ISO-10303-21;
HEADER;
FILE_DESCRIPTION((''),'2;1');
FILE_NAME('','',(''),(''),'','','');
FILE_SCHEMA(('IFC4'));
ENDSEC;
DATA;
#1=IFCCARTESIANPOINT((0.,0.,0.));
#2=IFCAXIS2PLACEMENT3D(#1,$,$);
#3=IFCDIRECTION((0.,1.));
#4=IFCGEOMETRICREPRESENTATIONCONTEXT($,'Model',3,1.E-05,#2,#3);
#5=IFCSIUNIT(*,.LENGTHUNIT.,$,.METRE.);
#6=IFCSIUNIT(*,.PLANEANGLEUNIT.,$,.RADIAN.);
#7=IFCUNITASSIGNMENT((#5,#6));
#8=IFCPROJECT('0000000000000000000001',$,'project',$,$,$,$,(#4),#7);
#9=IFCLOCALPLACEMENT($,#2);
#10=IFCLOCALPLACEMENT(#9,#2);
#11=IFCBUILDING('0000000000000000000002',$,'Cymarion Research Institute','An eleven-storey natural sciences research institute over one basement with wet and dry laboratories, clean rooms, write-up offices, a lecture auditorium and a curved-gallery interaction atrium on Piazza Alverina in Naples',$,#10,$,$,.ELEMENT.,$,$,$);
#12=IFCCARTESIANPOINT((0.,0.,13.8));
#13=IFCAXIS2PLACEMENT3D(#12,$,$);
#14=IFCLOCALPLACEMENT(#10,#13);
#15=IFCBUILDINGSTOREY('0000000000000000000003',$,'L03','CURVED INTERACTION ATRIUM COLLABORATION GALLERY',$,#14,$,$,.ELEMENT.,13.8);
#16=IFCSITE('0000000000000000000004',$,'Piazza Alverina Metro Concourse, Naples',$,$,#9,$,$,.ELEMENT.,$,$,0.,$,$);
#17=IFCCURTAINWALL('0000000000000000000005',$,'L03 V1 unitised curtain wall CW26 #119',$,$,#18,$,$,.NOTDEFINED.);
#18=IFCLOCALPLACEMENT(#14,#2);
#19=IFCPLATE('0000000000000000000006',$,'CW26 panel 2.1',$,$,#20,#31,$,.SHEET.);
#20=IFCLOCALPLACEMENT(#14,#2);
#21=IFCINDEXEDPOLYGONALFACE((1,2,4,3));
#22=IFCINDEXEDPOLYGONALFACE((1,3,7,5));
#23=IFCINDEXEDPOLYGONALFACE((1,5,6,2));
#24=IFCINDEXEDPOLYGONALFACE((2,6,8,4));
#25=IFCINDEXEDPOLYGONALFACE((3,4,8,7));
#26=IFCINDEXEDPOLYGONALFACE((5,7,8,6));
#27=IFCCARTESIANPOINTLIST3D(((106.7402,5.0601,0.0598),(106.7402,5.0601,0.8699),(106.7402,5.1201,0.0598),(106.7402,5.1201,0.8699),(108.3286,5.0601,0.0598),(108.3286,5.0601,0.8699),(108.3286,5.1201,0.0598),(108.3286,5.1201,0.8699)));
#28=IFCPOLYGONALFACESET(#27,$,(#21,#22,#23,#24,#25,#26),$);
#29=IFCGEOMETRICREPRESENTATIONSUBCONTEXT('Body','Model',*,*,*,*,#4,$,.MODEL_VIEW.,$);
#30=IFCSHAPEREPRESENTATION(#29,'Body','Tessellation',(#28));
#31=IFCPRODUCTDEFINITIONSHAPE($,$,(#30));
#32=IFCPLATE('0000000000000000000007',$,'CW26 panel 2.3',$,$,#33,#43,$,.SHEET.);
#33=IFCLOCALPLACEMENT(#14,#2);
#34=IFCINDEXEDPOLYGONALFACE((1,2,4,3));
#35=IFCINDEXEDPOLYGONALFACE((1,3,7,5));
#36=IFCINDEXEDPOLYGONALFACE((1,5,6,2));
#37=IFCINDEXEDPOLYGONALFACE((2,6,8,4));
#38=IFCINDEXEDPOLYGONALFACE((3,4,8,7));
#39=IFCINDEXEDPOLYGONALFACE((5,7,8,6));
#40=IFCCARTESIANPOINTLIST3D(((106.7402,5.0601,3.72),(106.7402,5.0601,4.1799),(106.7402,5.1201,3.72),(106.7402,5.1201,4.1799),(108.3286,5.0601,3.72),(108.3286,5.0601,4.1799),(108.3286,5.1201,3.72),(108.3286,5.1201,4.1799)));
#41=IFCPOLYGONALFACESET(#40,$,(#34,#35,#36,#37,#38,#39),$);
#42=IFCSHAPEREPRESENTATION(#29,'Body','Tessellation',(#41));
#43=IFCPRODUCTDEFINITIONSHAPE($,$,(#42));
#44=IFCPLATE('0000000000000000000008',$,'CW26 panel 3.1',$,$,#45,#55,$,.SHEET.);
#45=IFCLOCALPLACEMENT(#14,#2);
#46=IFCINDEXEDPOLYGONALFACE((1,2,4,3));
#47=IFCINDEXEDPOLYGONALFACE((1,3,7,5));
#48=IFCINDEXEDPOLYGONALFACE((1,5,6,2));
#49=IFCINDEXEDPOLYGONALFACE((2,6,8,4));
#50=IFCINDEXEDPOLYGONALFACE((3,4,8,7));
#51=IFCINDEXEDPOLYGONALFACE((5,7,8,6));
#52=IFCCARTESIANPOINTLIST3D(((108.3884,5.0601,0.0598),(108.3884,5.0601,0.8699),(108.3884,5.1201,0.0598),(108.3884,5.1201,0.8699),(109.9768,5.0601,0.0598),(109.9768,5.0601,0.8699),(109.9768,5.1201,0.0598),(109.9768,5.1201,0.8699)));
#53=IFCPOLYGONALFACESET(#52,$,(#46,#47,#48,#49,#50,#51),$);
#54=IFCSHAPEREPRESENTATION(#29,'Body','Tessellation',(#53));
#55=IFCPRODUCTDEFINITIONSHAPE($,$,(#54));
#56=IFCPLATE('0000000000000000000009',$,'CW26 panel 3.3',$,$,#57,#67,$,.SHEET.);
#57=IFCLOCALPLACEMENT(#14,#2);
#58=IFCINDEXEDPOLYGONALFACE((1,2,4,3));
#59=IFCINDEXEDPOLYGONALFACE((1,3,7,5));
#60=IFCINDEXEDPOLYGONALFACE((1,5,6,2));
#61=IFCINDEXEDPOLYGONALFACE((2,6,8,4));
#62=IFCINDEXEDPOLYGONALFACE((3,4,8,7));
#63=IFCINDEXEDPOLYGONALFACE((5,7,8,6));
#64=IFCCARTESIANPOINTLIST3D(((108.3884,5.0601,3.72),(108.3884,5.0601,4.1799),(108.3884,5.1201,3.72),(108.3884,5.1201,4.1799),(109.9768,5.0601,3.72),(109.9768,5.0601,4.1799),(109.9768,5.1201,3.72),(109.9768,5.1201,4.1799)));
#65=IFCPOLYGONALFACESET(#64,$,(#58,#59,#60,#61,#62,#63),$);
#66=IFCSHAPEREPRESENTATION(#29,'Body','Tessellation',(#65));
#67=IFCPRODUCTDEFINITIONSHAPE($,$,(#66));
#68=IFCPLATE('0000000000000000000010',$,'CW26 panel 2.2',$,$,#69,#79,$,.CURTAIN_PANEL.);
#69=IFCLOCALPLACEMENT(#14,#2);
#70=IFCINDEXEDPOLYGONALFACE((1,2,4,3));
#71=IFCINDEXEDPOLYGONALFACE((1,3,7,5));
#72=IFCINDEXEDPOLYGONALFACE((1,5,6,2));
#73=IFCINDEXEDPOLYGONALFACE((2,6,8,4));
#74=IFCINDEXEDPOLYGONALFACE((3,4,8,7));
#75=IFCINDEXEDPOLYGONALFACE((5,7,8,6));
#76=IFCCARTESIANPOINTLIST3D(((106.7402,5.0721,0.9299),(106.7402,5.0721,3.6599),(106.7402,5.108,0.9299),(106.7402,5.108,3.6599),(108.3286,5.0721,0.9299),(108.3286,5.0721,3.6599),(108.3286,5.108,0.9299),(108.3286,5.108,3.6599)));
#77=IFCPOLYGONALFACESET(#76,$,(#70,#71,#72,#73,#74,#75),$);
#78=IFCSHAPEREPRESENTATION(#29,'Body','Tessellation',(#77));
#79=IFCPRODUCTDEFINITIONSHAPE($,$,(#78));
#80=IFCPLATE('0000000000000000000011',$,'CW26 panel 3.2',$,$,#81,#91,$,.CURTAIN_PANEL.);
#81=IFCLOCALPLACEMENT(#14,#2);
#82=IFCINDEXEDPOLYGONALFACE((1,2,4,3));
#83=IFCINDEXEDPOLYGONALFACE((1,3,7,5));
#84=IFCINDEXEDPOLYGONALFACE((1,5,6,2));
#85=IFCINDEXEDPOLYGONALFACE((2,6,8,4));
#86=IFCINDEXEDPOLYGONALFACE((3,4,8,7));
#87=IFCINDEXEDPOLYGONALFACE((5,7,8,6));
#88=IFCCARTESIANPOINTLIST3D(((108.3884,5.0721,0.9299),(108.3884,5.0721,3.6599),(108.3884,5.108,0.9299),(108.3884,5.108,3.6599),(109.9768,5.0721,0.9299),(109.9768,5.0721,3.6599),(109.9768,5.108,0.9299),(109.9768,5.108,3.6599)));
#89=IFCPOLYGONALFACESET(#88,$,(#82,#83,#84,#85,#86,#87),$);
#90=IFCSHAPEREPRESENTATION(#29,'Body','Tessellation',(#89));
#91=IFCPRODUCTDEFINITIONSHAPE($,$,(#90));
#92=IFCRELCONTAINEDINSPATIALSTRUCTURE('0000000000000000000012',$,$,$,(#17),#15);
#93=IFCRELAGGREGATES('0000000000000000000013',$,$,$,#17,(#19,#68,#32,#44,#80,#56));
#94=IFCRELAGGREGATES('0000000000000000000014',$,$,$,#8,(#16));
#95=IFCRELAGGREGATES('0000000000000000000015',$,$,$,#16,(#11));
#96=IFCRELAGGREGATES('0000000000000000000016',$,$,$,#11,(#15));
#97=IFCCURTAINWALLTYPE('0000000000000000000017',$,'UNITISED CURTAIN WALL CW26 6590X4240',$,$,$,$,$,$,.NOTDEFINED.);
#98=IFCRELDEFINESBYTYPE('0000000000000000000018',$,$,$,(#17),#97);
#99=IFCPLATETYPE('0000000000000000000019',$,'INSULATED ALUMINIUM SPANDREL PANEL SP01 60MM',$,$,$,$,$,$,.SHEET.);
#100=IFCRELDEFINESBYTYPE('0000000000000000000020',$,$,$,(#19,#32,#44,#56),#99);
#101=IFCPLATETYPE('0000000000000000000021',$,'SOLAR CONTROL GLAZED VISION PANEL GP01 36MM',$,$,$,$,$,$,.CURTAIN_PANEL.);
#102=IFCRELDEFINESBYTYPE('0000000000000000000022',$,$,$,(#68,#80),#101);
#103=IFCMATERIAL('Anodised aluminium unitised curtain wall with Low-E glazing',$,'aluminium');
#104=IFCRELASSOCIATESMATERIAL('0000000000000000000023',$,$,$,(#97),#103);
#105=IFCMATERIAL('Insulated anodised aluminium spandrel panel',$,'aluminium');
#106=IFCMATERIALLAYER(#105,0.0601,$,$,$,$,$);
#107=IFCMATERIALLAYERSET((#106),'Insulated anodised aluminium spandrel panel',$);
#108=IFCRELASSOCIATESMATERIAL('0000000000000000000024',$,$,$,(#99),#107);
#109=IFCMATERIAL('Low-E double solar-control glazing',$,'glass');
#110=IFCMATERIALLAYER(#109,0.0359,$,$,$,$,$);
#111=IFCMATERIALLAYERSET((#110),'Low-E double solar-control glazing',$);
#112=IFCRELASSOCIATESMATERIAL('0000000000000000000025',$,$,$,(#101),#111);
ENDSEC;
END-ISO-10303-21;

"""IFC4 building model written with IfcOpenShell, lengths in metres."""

from ifc_helpers import new_model, si_unit, direction, frame, origin, origin_2d, place, context, subcontext, project, spatial, rectangle, extrude, material, layer, layer_set, type_object, element, aggregate, save


model = new_model("IFC4")

# Units and contexts
model_context = context("Model", 3, precision=1e-05, world=origin(), true_north=direction((0.0, 1.0)))
body_context = subcontext(model_context, "Body", "Model", "MODEL_VIEW")
ifc_project = project(units=[si_unit("LENGTHUNIT", "METRE"), si_unit("PLANEANGLEUNIT", "RADIAN")], contexts=[model_context])

# Site, building, storey
site_placement = place(None, origin())
site = spatial("IfcSite", under=ifc_project, at=site_placement, Name="Piazza Alverina Metro Concourse, Naples", CompositionType="ELEMENT", RefElevation=0.0)
building_placement = place(site_placement, origin())
building = spatial("IfcBuilding", under=site, at=building_placement, Name="Cymarion Research Institute", Description="An eleven-storey natural sciences research institute over one basement with wet and dry laboratories, clean rooms, write-up offices, a lecture auditorium and a curved-gallery interaction atrium on Piazza Alverina in Naples", CompositionType="ELEMENT")
storey_placement = place(building_placement, frame((0.0, 0.0, 13.8)))
storey = spatial("IfcBuildingStorey", under=building, at=storey_placement, Name="L03", Description="CURVED INTERACTION ATRIUM COLLABORATION GALLERY", CompositionType="ELEMENT", Elevation=13.8)

# Curtain wall
ifc_material_1 = material(Name="Anodised aluminium unitised curtain wall with Low-E glazing", Category="aluminium")
curtain_wall_type = type_object("IfcCurtainWallType", Name="UNITISED CURTAIN WALL CW26 6590X4240", PredefinedType="NOTDEFINED", material=ifc_material_1)
curtain_wall_placement = place(storey_placement, origin())
curtain_wall = element("IfcCurtainWall", 1, at=curtain_wall_placement, inside=storey, type_object=curtain_wall_type, Name="L03 V1 unitised curtain wall CW26 #119", PredefinedType="NOTDEFINED")

# Plates
ifc_material_2 = material(Name="Insulated anodised aluminium spandrel panel", Category="aluminium")
ifc_layer_1 = layer(ifc_material_2, 0.0601)
ifc_layer_set_1 = layer_set([ifc_layer_1], Name="Insulated anodised aluminium spandrel panel")
plate_type_1 = type_object("IfcPlateType", Name="INSULATED ALUMINIUM SPANDREL PANEL SP01 60MM", PredefinedType="SHEET", material=ifc_layer_set_1)
plate_1_placement = place(storey_placement, frame((107.5344, 5.0901, 0.0598), z_axis=(0.0, 0.0, 1.0), x_axis=(1.0, 0.0, 0.0)))
plate_1 = element("IfcPlate", 2, at=plate_1_placement, type_object=plate_type_1, Name="CW26 panel 2.1", PredefinedType="SHEET", context=body_context, shape_type="SweptSolid", body=[
    extrude(rectangle(XDim=1.5884, YDim=0.0601, at=origin_2d()), origin(), (0.0, 0.0, 1.0), 0.8101),
])
plate_2_placement = place(storey_placement, frame((107.5344, 5.0901, 3.72), z_axis=(0.0, 0.0, 1.0), x_axis=(1.0, 0.0, 0.0)))
plate_2 = element("IfcPlate", 3, at=plate_2_placement, type_object=plate_type_1, Name="CW26 panel 2.3", PredefinedType="SHEET", context=body_context, shape_type="SweptSolid", body=[
    extrude(rectangle(XDim=1.5884, YDim=0.0601, at=origin_2d()), origin(), (0.0, 0.0, 1.0), 0.46),
])
plate_3_placement = place(storey_placement, frame((109.1826, 5.0901, 0.0598), z_axis=(0.0, 0.0, 1.0), x_axis=(1.0, 0.0, 0.0)))
plate_3 = element("IfcPlate", 4, at=plate_3_placement, type_object=plate_type_1, Name="CW26 panel 3.1", PredefinedType="SHEET", context=body_context, shape_type="SweptSolid", body=[
    extrude(rectangle(XDim=1.5884, YDim=0.0601, at=origin_2d()), origin(), (0.0, 0.0, 1.0), 0.8101),
])
plate_4_placement = place(storey_placement, frame((109.1826, 5.0901, 3.72), z_axis=(0.0, 0.0, 1.0), x_axis=(1.0, 0.0, 0.0)))
plate_4 = element("IfcPlate", 5, at=plate_4_placement, type_object=plate_type_1, Name="CW26 panel 3.3", PredefinedType="SHEET", context=body_context, shape_type="SweptSolid", body=[
    extrude(rectangle(XDim=1.5884, YDim=0.0601, at=origin_2d()), origin(), (0.0, 0.0, 1.0), 0.46),
])
ifc_material_3 = material(Name="Low-E double solar-control glazing", Category="glass")
ifc_layer_2 = layer(ifc_material_3, 0.0359)
ifc_layer_set_2 = layer_set([ifc_layer_2], Name="Low-E double solar-control glazing")
plate_type_2 = type_object("IfcPlateType", Name="SOLAR CONTROL GLAZED VISION PANEL GP01 36MM", PredefinedType="CURTAIN_PANEL", material=ifc_layer_set_2)
plate_5_placement = place(storey_placement, frame((107.5344, 5.0901, 0.9299), z_axis=(0.0, 0.0, 1.0), x_axis=(1.0, 0.0, 0.0)))
plate_5 = element("IfcPlate", 6, at=plate_5_placement, type_object=plate_type_2, Name="CW26 panel 2.2", PredefinedType="CURTAIN_PANEL", context=body_context, shape_type="SweptSolid", body=[
    extrude(rectangle(XDim=1.5884, YDim=0.0359, at=origin_2d()), origin(), (0.0, 0.0, 1.0), 2.73),
])
plate_6_placement = place(storey_placement, frame((109.1826, 5.0901, 0.9299), z_axis=(0.0, 0.0, 1.0), x_axis=(1.0, 0.0, 0.0)))
plate_6 = element("IfcPlate", 7, at=plate_6_placement, type_object=plate_type_2, Name="CW26 panel 3.2", PredefinedType="CURTAIN_PANEL", context=body_context, shape_type="SweptSolid", body=[
    extrude(rectangle(XDim=1.5884, YDim=0.0359, at=origin_2d()), origin(), (0.0, 0.0, 1.0), 2.73),
])
aggregate(curtain_wall, [plate_1, plate_5, plate_2, plate_3, plate_6, plate_4])

save(model, "model.ifc")
